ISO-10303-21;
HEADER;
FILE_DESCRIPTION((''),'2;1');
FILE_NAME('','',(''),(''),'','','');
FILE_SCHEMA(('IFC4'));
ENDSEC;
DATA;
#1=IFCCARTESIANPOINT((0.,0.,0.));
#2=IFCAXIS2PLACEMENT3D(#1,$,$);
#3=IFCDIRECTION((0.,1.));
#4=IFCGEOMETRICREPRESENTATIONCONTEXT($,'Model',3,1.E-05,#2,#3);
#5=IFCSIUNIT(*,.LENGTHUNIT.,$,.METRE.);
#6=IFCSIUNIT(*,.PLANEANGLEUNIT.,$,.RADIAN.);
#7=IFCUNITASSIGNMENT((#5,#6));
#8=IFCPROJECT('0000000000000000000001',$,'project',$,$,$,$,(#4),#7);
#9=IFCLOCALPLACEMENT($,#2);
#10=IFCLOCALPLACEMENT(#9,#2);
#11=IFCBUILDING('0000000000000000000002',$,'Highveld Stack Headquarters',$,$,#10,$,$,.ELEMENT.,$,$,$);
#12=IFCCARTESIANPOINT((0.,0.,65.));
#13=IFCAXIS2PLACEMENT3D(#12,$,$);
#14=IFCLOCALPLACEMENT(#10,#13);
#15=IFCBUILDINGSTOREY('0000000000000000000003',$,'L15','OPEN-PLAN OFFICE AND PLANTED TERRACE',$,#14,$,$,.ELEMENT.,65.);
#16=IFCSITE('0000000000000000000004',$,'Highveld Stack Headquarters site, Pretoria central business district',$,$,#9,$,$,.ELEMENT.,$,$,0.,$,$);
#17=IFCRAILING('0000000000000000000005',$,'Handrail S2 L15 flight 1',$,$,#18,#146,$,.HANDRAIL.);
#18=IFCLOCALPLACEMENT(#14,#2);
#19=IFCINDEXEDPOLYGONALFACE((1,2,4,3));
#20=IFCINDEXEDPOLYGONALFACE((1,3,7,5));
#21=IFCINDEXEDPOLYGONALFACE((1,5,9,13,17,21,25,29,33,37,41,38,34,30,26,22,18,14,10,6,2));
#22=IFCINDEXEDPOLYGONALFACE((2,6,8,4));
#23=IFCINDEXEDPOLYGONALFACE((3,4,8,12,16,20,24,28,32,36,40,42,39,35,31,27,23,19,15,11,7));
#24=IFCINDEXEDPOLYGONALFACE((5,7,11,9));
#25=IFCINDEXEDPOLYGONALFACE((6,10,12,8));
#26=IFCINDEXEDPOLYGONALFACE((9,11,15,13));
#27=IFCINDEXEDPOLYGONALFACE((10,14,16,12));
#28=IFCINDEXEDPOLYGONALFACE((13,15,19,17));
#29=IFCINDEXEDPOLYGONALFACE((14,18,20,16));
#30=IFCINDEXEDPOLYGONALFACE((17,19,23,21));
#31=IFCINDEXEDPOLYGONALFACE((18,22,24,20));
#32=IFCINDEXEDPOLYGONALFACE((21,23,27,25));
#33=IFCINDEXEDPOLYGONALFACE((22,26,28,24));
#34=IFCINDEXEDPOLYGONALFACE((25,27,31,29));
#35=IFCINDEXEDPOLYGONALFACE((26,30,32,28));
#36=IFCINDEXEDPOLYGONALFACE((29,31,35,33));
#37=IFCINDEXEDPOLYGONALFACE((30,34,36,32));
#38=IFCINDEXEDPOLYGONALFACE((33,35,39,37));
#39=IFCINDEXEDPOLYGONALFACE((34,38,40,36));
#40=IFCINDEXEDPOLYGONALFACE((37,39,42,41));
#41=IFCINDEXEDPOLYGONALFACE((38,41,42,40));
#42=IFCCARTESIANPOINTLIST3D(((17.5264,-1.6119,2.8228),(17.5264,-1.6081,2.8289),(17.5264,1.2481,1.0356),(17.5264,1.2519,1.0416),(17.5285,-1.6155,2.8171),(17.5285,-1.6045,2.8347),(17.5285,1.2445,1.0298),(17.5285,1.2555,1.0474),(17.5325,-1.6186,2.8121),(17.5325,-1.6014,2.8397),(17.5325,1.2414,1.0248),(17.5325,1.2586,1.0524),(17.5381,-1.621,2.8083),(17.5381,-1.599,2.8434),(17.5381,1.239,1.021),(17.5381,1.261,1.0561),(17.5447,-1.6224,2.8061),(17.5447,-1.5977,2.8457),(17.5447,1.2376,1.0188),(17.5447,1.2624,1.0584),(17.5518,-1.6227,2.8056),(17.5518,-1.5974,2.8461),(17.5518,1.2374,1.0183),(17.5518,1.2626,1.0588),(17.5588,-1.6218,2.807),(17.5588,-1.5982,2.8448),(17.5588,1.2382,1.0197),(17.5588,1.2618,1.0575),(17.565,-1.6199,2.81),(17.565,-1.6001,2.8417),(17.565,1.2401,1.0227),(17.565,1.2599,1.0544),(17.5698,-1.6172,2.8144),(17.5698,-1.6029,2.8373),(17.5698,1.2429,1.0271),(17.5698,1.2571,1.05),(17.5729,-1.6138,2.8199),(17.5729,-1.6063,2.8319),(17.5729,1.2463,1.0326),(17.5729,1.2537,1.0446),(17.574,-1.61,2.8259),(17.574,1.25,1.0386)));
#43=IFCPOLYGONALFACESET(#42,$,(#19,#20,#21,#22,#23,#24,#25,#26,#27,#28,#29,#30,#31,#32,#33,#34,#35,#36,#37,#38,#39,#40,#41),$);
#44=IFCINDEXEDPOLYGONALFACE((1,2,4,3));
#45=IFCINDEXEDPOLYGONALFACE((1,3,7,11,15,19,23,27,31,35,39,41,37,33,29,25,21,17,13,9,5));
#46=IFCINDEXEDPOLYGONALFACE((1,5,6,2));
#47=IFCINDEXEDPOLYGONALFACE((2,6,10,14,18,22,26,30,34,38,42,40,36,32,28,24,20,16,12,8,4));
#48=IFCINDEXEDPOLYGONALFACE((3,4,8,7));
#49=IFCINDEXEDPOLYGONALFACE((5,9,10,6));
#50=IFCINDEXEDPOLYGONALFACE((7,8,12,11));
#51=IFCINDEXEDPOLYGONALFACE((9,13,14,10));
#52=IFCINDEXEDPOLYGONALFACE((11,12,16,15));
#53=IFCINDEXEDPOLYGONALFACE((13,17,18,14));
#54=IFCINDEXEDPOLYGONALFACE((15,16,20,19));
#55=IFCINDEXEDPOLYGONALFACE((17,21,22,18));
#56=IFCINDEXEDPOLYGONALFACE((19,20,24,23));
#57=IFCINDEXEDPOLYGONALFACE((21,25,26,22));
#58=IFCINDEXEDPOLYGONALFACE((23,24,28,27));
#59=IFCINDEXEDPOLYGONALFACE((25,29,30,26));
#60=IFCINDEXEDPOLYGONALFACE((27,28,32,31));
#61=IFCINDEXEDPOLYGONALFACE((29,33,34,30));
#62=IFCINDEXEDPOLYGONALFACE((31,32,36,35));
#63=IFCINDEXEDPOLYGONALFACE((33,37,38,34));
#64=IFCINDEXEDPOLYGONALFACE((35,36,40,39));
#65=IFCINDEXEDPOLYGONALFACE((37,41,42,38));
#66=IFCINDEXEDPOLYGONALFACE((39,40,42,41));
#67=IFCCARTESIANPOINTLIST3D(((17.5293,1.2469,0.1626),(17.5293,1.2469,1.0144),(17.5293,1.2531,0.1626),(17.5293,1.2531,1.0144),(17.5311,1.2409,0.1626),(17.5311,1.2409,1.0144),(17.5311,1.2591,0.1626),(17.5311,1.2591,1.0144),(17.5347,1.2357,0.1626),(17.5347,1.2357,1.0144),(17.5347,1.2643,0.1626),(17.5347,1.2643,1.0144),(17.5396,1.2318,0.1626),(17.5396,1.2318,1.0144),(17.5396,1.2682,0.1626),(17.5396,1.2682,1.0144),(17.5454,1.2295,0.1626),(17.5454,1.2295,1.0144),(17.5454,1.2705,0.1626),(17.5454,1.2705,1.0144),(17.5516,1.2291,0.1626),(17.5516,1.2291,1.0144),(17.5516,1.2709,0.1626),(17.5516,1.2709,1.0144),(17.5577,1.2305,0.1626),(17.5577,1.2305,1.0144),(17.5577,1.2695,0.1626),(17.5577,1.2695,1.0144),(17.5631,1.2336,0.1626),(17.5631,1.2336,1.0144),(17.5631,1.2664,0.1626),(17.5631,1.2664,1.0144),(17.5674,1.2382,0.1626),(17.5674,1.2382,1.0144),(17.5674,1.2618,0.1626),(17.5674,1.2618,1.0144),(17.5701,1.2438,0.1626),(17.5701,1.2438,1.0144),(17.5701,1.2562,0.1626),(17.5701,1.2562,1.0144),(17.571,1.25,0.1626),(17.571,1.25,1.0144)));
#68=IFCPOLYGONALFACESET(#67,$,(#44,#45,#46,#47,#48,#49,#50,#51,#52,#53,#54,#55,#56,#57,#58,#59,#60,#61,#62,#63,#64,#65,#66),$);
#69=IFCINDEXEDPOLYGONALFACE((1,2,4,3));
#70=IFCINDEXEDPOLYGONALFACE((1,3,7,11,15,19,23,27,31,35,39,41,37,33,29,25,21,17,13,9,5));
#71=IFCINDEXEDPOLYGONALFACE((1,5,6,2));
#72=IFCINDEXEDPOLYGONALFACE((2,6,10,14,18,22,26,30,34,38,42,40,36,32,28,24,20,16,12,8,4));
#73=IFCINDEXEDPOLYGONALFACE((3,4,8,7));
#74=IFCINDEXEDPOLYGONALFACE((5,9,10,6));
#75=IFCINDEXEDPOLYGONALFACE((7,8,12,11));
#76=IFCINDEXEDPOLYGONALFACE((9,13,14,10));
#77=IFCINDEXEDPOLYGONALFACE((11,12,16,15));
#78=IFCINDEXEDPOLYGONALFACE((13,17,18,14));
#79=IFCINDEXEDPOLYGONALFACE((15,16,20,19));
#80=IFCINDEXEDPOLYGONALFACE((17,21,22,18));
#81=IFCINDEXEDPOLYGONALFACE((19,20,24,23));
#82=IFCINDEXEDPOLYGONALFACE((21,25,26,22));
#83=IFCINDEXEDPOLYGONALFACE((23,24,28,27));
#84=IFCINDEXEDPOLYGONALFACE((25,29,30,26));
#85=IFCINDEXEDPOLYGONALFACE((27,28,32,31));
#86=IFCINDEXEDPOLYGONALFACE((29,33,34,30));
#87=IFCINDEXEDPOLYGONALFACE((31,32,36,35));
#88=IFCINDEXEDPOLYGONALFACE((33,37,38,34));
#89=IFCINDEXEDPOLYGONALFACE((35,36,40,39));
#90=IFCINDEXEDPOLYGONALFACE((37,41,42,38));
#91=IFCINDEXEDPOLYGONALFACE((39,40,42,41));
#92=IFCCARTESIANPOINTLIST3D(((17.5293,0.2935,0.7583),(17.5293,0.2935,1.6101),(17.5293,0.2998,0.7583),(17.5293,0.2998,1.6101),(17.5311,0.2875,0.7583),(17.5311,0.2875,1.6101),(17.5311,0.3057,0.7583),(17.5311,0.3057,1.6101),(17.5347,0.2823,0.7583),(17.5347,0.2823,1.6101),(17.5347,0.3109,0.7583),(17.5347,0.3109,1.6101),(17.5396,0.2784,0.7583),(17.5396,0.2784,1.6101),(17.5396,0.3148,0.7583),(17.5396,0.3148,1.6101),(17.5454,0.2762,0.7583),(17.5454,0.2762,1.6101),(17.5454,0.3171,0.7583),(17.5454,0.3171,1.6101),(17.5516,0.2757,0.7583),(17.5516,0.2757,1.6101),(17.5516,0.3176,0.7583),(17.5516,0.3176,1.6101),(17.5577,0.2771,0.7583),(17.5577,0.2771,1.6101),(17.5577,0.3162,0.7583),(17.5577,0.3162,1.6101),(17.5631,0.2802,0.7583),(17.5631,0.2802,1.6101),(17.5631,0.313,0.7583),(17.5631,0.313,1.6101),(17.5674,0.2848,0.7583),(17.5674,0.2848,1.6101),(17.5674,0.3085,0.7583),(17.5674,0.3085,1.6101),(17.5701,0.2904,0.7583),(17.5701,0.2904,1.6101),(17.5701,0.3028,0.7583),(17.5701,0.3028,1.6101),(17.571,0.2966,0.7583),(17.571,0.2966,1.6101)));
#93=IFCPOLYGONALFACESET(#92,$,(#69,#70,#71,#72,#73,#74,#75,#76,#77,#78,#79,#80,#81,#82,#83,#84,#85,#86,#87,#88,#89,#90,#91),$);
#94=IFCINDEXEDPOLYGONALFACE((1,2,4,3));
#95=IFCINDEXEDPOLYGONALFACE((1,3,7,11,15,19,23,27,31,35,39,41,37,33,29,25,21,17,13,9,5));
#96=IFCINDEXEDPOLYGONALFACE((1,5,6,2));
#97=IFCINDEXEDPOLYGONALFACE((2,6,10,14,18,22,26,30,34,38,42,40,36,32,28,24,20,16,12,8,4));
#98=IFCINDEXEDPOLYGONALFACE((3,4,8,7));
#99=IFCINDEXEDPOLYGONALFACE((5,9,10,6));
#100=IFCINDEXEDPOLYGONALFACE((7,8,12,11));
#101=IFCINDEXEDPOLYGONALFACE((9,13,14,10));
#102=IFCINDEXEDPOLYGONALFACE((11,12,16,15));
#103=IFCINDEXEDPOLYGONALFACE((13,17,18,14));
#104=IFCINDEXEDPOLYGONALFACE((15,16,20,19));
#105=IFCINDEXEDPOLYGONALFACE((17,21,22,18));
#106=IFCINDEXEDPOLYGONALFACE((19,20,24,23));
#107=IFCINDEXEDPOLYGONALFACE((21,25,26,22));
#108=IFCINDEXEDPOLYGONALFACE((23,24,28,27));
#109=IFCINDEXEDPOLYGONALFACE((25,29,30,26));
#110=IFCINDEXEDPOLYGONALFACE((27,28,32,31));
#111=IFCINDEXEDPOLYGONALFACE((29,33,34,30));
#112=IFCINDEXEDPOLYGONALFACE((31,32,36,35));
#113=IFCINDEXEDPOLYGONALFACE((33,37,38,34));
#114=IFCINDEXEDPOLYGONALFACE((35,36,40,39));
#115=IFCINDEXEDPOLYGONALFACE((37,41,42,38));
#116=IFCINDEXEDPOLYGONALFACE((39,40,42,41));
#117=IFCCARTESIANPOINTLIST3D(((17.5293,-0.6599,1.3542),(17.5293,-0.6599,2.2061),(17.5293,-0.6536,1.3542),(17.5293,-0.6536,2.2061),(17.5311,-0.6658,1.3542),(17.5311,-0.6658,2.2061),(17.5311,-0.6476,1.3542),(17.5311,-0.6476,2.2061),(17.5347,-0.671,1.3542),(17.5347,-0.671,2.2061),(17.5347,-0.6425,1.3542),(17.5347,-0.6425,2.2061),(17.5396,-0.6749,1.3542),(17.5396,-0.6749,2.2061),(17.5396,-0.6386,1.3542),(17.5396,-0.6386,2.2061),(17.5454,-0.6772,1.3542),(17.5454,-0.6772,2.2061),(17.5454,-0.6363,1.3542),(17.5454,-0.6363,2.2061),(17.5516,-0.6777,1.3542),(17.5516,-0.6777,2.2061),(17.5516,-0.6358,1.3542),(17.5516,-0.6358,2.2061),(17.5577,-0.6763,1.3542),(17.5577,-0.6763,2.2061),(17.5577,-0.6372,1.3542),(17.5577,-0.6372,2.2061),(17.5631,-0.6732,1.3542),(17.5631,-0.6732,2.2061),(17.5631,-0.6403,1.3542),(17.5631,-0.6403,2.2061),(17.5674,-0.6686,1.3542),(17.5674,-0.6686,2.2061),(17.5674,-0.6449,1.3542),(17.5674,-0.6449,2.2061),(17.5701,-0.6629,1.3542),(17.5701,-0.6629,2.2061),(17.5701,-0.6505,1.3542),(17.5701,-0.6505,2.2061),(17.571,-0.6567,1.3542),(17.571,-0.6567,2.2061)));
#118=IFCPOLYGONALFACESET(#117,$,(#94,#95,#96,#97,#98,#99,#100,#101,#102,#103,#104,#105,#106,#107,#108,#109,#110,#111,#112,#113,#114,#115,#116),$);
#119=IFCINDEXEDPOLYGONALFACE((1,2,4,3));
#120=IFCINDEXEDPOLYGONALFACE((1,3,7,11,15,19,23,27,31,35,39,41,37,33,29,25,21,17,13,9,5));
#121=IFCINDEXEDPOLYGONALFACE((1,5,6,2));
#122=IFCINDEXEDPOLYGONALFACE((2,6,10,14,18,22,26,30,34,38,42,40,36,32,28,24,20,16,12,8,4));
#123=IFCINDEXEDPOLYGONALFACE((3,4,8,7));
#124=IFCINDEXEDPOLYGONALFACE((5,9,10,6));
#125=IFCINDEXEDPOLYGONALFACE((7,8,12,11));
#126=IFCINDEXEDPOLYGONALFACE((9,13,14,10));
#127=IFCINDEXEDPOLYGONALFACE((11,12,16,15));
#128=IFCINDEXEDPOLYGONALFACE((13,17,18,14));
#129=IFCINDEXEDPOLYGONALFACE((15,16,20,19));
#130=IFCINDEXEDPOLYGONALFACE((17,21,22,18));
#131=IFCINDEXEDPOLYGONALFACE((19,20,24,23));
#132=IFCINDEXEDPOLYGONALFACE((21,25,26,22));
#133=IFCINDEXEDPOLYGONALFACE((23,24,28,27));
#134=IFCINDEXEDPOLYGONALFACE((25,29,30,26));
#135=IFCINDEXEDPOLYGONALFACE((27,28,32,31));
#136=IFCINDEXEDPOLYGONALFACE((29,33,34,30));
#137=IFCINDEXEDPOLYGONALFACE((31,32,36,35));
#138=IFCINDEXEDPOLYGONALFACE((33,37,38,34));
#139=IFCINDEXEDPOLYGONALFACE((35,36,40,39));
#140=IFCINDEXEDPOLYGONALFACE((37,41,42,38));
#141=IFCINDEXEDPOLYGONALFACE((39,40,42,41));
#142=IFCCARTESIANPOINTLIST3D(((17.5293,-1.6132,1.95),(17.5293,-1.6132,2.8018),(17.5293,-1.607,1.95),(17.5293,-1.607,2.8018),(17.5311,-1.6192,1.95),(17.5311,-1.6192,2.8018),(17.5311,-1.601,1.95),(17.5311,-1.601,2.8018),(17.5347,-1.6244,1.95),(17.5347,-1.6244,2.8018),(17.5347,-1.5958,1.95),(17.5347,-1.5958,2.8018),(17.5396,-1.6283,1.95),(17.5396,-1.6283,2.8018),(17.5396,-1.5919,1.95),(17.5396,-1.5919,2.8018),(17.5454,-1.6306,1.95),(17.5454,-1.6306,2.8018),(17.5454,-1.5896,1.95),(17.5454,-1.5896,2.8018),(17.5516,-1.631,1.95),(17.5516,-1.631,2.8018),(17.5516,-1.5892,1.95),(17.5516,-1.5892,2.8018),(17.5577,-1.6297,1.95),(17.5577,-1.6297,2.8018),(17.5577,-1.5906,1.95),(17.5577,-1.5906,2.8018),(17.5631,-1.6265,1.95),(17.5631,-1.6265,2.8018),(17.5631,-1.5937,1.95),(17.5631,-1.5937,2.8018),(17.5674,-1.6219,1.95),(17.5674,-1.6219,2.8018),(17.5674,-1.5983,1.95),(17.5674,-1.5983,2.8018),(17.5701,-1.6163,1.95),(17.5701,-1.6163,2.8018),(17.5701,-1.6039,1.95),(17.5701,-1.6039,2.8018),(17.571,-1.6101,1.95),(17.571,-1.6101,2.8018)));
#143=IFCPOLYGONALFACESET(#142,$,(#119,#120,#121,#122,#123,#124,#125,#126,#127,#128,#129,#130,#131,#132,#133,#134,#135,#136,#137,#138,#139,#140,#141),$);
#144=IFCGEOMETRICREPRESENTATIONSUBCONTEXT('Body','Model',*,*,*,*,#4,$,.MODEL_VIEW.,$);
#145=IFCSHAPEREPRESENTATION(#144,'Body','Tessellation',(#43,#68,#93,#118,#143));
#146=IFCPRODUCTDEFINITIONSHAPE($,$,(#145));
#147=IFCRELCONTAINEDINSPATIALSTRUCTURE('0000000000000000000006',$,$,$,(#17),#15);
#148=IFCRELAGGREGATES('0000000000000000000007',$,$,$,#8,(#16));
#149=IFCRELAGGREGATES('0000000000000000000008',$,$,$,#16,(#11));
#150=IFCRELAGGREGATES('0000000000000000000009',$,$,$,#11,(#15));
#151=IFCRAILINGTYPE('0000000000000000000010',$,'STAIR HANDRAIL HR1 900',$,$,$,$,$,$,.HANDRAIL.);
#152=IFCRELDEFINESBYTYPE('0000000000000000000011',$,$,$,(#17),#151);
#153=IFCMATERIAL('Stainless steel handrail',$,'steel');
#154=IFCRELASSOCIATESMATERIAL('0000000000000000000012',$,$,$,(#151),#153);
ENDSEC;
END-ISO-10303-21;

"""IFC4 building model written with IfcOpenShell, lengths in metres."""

from ifc_helpers import new_model, si_unit, direction, frame, origin, origin_2d, place, context, subcontext, project, spatial, circle, extrude, material, type_object, element, save


model = new_model("IFC4")

# Units and contexts
model_context = context("Model", 3, precision=1e-05, world=origin(), true_north=direction((0.0, 1.0)))
body_context = subcontext(model_context, "Body", "Model", "MODEL_VIEW")
ifc_project = project(units=[si_unit("LENGTHUNIT", "METRE"), si_unit("PLANEANGLEUNIT", "RADIAN")], contexts=[model_context])

# Site, building, storey
site_placement = place(None, origin())
site = spatial("IfcSite", under=ifc_project, at=site_placement, Name="Highveld Stack Headquarters site, Pretoria central business district", CompositionType="ELEMENT", RefElevation=0.0)
building_placement = place(site_placement, origin())
building = spatial("IfcBuilding", under=site, at=building_placement, Name="Highveld Stack Headquarters", CompositionType="ELEMENT")
storey_placement = place(building_placement, frame((0.0, 0.0, 65.0)))
storey = spatial("IfcBuildingStorey", under=building, at=storey_placement, Name="L15", Description="OPEN-PLAN OFFICE AND PLANTED TERRACE", CompositionType="ELEMENT", Elevation=65.0)

# Railing
ifc_material_1 = material(Name="Stainless steel handrail", Category="steel")
railing_type = type_object("IfcRailingType", Name="STAIR HANDRAIL HR1 900", PredefinedType="HANDRAIL", material=ifc_material_1)
for number, where, name in (
    (1, (17.55, 1.25, 0.1626), "Handrail S2 L15 flight 1"),
):
    element("IfcRailing", number, at=place(storey_placement, frame(where)), inside=storey, type_object=railing_type, Name=name, PredefinedType="HANDRAIL", context=body_context, shape_type="SweptSolid", body=[
        extrude(circle(Radius=0.0239, at=origin_2d()), frame((0.0, 0.0, 0.876), z_axis=(0.0, -0.848027, 0.529953), x_axis=(1.0, 0.0, 0.0)), (0.0, 0.0, 1.0), 3.3726),
        extrude(circle(Radius=0.021, at=origin_2d()), origin(), (0.0, 0.0, 1.0), 0.8518),
        extrude(circle(Radius=0.021, at=origin_2d()), frame((0.0, -0.9534, 0.5957)), (0.0, 0.0, 1.0), 0.8518),
        extrude(circle(Radius=0.021, at=origin_2d()), frame((0.0, -1.9067, 1.1917)), (0.0, 0.0, 1.0), 0.8518),
        extrude(circle(Radius=0.021, at=origin_2d()), frame((0.0, -2.8601, 1.7874)), (0.0, 0.0, 1.0), 0.8518),
    ])

save(model, "model.ifc")
